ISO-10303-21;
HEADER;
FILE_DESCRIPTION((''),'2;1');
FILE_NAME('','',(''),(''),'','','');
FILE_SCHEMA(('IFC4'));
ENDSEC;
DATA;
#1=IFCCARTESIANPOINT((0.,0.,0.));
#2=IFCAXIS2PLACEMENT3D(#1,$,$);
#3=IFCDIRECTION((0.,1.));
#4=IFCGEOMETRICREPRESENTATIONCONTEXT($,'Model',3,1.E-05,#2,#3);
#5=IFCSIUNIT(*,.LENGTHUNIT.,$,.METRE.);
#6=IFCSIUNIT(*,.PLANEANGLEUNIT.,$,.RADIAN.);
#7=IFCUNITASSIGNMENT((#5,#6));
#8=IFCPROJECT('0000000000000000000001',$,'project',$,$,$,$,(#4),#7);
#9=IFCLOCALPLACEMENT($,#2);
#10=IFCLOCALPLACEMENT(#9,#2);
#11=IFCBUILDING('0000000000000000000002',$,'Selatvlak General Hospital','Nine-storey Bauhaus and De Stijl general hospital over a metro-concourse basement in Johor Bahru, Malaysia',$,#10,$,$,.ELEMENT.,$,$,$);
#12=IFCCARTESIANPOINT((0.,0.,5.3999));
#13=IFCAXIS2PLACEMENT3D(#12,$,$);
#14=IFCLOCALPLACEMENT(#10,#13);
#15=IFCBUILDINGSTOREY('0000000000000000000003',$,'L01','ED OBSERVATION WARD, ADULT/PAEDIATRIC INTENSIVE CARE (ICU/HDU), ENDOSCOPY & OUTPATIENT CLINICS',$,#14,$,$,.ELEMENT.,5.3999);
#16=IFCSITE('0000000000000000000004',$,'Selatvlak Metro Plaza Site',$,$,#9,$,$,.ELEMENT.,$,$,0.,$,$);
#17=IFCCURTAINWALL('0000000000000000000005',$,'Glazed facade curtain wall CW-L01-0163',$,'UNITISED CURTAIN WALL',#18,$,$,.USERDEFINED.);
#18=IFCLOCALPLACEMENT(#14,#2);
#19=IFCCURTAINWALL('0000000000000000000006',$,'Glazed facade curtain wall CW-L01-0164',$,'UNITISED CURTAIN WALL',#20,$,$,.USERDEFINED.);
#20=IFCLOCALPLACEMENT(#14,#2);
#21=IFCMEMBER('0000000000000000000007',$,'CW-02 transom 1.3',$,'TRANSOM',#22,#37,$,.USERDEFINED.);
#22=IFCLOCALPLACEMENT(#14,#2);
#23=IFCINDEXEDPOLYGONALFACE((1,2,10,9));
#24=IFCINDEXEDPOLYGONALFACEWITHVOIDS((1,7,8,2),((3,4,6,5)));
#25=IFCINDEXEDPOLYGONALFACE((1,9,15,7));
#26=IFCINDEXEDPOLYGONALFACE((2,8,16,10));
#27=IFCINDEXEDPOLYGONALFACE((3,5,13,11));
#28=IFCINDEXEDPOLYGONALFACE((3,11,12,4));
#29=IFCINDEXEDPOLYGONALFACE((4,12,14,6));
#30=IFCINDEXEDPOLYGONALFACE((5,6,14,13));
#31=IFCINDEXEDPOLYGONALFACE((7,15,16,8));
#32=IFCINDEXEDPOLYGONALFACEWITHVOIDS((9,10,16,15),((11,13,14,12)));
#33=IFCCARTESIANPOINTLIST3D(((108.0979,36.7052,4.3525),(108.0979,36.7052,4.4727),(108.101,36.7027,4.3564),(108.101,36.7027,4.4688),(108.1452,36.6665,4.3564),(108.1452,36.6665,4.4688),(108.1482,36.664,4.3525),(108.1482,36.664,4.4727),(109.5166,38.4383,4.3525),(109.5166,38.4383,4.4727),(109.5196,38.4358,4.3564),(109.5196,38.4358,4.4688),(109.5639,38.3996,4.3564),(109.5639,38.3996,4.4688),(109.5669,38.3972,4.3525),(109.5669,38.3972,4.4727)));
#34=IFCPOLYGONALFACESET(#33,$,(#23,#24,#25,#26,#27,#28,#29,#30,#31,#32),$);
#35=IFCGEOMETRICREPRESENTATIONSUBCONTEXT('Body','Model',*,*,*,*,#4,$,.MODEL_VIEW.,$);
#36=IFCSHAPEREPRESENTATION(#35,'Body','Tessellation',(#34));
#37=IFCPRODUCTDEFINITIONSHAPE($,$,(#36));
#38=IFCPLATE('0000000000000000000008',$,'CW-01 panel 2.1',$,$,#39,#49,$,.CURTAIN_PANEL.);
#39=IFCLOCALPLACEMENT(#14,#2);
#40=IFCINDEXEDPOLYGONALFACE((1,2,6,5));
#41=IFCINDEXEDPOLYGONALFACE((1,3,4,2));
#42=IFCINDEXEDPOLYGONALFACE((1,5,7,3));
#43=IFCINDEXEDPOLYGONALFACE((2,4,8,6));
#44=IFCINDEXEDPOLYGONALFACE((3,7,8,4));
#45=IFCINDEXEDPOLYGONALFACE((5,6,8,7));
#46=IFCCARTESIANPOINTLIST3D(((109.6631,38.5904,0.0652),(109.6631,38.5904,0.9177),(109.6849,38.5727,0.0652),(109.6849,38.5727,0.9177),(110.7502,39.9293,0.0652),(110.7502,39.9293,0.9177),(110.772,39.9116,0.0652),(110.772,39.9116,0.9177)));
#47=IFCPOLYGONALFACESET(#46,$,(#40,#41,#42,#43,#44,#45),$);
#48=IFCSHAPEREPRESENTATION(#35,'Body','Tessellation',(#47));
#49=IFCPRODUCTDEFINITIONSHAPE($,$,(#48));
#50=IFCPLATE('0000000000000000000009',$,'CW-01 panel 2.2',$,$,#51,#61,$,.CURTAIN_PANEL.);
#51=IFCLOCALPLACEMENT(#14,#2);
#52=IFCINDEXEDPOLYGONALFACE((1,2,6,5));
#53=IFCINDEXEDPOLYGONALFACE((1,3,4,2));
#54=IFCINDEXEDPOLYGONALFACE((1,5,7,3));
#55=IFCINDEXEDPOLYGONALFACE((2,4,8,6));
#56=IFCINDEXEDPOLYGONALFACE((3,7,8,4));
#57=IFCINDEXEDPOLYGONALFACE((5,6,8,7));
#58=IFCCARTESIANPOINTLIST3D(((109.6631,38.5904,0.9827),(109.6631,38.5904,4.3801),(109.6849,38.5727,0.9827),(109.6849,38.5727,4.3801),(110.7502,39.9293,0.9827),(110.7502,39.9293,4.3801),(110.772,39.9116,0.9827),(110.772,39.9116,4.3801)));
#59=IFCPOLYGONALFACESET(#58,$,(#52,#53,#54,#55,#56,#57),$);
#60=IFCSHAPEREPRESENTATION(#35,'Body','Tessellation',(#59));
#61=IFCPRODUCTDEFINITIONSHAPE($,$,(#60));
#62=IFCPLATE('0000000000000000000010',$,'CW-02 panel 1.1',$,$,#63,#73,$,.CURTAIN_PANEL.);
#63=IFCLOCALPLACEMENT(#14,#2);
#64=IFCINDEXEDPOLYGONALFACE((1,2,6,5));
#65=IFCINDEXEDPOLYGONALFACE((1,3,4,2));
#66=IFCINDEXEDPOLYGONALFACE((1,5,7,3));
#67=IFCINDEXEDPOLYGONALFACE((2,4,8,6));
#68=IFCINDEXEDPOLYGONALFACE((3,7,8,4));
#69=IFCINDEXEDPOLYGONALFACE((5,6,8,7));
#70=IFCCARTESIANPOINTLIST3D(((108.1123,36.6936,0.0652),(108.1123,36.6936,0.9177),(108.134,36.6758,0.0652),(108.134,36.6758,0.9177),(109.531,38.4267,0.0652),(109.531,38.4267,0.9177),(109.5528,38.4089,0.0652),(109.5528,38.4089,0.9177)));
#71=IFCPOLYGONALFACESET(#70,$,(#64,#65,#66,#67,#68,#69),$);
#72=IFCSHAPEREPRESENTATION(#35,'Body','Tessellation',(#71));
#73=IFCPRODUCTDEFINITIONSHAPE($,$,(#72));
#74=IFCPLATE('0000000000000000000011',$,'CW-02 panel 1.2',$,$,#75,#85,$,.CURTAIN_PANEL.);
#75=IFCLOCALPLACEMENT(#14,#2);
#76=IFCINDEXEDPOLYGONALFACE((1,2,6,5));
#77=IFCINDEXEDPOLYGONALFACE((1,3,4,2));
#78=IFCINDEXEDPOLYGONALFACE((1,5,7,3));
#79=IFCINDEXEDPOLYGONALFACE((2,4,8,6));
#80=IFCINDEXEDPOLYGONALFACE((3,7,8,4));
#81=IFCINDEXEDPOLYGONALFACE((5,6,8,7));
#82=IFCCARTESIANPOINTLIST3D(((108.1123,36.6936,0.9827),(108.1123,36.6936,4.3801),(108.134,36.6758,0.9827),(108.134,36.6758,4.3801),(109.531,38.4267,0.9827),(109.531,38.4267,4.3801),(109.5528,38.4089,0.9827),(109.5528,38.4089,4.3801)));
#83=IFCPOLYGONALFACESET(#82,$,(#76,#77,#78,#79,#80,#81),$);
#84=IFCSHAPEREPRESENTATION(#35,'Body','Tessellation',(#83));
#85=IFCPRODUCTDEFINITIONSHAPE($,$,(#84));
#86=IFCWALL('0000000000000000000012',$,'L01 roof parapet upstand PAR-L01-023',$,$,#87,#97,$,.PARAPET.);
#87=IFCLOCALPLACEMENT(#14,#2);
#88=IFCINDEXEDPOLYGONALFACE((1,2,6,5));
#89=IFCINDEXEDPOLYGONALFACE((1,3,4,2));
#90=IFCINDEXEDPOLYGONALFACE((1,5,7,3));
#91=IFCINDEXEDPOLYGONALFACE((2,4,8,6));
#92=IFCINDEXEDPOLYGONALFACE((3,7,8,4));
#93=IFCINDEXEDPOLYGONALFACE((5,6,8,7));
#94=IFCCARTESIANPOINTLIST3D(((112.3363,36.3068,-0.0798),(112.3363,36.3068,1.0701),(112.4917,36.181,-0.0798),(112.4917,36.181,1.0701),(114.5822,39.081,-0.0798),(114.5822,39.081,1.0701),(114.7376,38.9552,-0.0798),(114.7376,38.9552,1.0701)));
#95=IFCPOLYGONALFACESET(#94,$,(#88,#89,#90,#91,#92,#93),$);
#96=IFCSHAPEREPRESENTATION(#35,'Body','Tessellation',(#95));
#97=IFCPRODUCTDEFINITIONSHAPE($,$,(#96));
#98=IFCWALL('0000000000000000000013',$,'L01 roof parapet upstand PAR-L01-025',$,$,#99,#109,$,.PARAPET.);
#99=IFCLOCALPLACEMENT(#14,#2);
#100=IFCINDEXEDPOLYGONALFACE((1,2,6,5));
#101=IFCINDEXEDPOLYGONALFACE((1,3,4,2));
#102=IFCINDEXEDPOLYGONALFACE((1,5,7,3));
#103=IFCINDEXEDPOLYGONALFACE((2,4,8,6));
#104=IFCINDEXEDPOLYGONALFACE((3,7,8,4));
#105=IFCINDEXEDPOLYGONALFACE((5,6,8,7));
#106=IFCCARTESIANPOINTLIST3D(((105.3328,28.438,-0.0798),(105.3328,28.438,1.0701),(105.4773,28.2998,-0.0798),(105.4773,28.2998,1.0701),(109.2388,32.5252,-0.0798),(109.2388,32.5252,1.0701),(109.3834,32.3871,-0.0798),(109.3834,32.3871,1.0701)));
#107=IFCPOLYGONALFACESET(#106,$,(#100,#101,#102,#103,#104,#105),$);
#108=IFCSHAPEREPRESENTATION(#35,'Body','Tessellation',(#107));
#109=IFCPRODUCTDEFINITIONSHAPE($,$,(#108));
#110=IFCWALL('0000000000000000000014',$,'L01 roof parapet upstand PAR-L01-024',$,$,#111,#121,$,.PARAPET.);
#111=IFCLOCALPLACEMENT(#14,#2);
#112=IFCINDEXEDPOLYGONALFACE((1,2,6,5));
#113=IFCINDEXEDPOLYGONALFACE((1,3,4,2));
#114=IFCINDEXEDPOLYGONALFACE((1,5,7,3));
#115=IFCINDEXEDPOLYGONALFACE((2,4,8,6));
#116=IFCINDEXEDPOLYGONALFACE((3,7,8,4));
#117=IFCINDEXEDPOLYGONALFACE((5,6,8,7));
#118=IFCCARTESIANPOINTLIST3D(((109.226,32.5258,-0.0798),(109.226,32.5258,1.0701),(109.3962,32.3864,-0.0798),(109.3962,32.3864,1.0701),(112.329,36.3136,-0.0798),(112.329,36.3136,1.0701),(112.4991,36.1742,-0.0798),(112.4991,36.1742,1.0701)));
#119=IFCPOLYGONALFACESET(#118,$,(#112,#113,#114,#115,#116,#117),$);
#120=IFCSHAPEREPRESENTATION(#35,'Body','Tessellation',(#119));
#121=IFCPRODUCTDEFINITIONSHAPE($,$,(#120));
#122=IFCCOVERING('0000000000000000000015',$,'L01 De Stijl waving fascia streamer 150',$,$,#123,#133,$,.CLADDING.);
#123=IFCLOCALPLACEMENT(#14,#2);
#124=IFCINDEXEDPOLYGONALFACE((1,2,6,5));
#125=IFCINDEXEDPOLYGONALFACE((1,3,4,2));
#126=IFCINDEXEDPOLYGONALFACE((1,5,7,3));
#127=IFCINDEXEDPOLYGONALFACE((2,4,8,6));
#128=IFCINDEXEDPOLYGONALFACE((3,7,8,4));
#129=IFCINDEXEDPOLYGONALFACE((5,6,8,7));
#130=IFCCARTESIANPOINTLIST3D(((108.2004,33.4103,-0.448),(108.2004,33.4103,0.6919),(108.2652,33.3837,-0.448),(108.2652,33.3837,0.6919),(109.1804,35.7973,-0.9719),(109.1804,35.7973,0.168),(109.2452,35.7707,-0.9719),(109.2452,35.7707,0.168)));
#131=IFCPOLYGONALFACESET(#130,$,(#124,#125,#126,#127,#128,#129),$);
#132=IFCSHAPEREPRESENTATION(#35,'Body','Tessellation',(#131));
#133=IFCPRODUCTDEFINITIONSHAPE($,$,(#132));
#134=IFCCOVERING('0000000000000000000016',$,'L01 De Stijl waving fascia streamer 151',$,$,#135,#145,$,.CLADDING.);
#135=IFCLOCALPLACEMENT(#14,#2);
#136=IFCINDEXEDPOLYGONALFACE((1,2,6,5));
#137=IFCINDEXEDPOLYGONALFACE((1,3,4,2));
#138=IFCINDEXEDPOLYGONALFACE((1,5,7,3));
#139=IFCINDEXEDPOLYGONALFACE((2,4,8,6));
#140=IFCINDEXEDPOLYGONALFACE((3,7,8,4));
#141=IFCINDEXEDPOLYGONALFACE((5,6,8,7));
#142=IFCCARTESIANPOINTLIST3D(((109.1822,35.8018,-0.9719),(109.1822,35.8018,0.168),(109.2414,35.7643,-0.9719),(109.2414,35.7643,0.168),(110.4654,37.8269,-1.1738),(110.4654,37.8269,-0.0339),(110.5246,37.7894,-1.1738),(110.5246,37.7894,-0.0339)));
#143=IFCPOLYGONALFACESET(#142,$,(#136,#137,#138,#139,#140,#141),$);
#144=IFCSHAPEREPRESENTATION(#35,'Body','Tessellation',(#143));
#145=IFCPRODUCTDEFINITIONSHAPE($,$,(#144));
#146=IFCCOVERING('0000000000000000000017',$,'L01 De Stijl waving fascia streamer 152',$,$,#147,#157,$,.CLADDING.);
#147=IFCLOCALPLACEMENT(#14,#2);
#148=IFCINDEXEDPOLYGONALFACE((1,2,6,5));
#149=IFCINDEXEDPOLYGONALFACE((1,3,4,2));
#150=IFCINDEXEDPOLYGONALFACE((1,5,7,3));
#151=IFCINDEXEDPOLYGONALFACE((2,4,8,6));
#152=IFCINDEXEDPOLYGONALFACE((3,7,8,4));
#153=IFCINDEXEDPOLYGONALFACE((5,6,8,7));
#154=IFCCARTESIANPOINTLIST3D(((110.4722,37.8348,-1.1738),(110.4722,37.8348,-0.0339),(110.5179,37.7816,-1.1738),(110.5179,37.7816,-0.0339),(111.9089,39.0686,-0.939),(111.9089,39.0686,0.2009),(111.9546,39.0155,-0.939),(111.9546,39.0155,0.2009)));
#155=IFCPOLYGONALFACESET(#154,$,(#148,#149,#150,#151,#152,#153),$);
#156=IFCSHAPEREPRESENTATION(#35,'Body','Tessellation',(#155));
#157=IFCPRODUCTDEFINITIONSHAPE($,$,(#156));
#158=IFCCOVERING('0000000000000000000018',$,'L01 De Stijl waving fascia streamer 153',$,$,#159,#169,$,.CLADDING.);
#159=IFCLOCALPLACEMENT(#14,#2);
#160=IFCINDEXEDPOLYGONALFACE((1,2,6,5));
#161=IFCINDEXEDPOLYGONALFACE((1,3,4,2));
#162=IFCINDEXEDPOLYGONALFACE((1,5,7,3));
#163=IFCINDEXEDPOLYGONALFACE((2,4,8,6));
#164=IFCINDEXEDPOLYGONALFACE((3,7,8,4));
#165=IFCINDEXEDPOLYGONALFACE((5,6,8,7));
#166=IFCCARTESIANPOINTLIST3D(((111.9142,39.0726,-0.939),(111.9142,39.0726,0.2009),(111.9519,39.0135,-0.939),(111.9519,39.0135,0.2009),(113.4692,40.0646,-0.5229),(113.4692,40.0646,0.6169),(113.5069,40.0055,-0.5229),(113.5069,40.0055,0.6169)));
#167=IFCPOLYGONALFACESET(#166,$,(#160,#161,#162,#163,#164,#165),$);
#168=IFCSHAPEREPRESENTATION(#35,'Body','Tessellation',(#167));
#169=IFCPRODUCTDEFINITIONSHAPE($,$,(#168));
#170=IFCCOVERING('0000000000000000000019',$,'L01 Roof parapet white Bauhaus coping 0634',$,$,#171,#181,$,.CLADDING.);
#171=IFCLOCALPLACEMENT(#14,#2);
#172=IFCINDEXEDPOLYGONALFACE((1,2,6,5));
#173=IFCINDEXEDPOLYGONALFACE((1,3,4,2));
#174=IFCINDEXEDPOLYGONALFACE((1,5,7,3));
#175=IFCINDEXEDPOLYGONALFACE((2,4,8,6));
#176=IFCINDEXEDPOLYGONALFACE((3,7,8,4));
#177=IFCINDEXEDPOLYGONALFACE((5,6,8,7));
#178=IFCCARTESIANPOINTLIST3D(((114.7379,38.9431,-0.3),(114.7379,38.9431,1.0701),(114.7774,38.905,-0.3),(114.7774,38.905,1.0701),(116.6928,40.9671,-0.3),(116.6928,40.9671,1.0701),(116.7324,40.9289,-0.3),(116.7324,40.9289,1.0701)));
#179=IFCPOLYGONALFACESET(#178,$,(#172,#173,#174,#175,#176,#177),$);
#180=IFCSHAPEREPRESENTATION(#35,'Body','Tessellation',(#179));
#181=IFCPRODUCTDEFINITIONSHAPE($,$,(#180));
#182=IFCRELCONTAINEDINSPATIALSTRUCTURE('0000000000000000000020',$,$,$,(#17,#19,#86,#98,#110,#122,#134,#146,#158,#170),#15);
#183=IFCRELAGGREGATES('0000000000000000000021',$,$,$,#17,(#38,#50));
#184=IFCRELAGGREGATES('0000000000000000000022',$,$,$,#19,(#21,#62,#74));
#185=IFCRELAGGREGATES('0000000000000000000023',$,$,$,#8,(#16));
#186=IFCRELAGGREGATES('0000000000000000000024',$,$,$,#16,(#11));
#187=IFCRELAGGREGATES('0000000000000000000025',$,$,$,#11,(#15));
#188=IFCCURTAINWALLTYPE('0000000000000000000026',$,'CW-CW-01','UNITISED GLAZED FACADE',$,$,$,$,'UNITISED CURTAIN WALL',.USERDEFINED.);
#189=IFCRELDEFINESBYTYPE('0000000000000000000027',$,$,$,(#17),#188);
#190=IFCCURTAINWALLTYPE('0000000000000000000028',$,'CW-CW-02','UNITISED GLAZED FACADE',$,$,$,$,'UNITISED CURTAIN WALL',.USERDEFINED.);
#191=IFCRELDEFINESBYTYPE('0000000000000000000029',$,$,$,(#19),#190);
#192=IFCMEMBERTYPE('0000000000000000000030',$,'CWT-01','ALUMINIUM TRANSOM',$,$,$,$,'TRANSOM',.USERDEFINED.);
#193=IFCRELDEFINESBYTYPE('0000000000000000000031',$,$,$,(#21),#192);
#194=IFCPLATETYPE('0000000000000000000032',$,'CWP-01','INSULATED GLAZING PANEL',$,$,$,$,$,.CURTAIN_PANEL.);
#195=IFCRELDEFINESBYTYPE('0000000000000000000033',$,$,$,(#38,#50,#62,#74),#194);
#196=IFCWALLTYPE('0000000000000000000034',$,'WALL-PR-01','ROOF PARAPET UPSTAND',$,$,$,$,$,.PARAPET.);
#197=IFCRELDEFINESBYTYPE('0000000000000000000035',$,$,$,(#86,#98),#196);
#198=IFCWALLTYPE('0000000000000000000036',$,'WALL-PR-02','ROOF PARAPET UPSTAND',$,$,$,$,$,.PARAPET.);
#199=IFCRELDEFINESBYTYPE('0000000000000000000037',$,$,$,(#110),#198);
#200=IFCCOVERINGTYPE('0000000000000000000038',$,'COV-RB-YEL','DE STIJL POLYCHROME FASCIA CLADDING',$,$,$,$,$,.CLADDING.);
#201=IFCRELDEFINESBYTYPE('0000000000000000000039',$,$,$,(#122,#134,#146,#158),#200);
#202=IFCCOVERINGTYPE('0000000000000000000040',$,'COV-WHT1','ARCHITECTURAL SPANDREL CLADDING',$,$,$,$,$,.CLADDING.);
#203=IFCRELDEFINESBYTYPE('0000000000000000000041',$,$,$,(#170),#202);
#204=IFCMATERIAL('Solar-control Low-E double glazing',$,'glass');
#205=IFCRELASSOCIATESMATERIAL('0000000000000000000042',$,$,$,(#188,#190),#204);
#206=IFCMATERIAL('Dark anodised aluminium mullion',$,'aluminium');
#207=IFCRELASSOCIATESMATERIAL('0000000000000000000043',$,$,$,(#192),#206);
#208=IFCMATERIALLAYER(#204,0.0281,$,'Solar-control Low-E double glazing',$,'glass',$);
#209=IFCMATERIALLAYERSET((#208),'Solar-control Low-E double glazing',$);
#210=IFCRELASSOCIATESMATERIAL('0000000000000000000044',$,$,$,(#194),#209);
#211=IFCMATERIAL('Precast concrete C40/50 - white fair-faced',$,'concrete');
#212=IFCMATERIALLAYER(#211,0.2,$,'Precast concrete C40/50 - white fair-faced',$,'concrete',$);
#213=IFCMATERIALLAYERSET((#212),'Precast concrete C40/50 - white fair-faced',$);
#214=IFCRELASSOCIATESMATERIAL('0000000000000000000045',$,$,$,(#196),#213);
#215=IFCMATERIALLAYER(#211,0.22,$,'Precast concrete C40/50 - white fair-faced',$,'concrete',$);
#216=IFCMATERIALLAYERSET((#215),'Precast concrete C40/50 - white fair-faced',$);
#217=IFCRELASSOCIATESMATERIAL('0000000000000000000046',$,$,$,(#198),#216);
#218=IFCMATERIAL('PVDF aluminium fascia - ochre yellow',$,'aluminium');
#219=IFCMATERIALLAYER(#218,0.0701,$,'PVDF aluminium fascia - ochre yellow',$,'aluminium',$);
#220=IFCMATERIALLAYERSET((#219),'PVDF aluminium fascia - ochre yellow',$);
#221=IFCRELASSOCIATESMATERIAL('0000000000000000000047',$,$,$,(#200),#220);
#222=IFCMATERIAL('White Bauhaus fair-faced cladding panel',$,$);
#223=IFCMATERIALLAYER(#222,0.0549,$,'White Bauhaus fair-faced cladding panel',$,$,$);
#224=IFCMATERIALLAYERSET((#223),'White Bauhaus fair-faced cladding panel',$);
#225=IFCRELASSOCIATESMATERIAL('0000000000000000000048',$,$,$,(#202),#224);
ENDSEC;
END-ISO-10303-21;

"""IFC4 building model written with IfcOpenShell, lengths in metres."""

from ifc_helpers import new_model, si_unit, direction, frame, frame_2d, origin, origin_2d, place, context, subcontext, project, spatial, polyline, rectangle, hollow_rectangle, outline, extrude, material, layer, layer_set, material_profile, profile_set, type_object, element, aggregate, save


model = new_model("IFC4")

# Units and contexts
model_context = context("Model", 3, precision=1e-05, world=origin(), true_north=direction((0.0, 1.0)))
body_context = subcontext(model_context, "Body", "Model", "MODEL_VIEW")
ifc_project = project(units=[si_unit("LENGTHUNIT", "METRE"), si_unit("PLANEANGLEUNIT", "RADIAN")], contexts=[model_context])

# Site, building, storey
site_placement = place(None, origin())
site = spatial("IfcSite", under=ifc_project, at=site_placement, Name="Selatvlak Metro Plaza Site", CompositionType="ELEMENT", RefElevation=0.0)
building_placement = place(site_placement, origin())
building = spatial("IfcBuilding", under=site, at=building_placement, Name="Selatvlak General Hospital", Description="Nine-storey Bauhaus and De Stijl general hospital over a metro-concourse basement in Johor Bahru, Malaysia", CompositionType="ELEMENT")
storey_placement = place(building_placement, frame((0.0, 0.0, 5.3999)))
storey = spatial("IfcBuildingStorey", under=building, at=storey_placement, Name="L01", Description="ED OBSERVATION WARD, ADULT/PAEDIATRIC INTENSIVE CARE (ICU/HDU), ENDOSCOPY & OUTPATIENT CLINICS", CompositionType="ELEMENT", Elevation=5.3999)

# Curtain wall
ifc_material_1 = material(Name="Solar-control Low-E double glazing", Category="glass")
curtain_wall_type_1 = type_object("IfcCurtainWallType", Name="CW-CW-01", Description="UNITISED GLAZED FACADE", ElementType="UNITISED CURTAIN WALL", PredefinedType="USERDEFINED", material=ifc_material_1)
curtain_wall_1_placement = place(storey_placement, origin())
curtain_wall_1 = element("IfcCurtainWall", 1, at=curtain_wall_1_placement, inside=storey, type_object=curtain_wall_type_1, Name="Glazed facade curtain wall CW-L01-0163", ObjectType="UNITISED CURTAIN WALL", PredefinedType="USERDEFINED")
ifc_material_2 = material(Name="Dark anodised aluminium mullion", Category="aluminium")

# Curtain wall
curtain_wall_type_2 = type_object("IfcCurtainWallType", Name="CW-CW-02", Description="UNITISED GLAZED FACADE", ElementType="UNITISED CURTAIN WALL", PredefinedType="USERDEFINED", material=ifc_material_1)
curtain_wall_2_placement = place(storey_placement, origin())
curtain_wall_2 = element("IfcCurtainWall", 2, at=curtain_wall_2_placement, inside=storey, type_object=curtain_wall_type_2, Name="Glazed facade curtain wall CW-L01-0164", ObjectType="UNITISED CURTAIN WALL", PredefinedType="USERDEFINED")

# Member
ifc_material_profile_1 = material_profile(ifc_material_2, hollow_rectangle(XDim=0.0649, YDim=0.1201, WallThickness=0.0039, at=origin_2d()), Name="AL-TRN 65x120x4")
ifc_profile_set_1 = profile_set([ifc_material_profile_1], Name="Dark anodised aluminium mullion")
member_type_1 = type_object("IfcMemberType", Name="CWT-01", Description="ALUMINIUM TRANSOM", ElementType="TRANSOM", PredefinedType="USERDEFINED", material=ifc_profile_set_1)
member_1_placement = place(storey_placement, frame((109.5417, 38.4177, 4.4126), z_axis=(-0.633416, -0.773812, 0.0), x_axis=(0.773812, -0.633416, 0.0)))
member_1 = element("IfcMember", 3, at=member_1_placement, type_object=member_type_1, Name="CW-02 transom 1.3", ObjectType="TRANSOM", PredefinedType="USERDEFINED", context=body_context, shape_type="SweptSolid", body=[
    extrude(hollow_rectangle(XDim=0.0649, YDim=0.1201, WallThickness=0.0039, at=origin_2d()), origin(), (0.0, 0.0, 1.0), 2.2397),
])

# Plates
ifc_layer_1 = layer(ifc_material_1, 0.0281, Name="Solar-control Low-E double glazing", Category="glass")
ifc_layer_set_1 = layer_set([ifc_layer_1], Name="Solar-control Low-E double glazing")
plate_type = type_object("IfcPlateType", Name="CWP-01", Description="INSULATED GLAZING PANEL", PredefinedType="CURTAIN_PANEL", material=ifc_layer_set_1)
plate_1_placement = place(storey_placement, frame((110.2175, 39.251, 0.0652), z_axis=(0.0, 0.0, 1.0), x_axis=(-0.630334, -0.776324, 0.0)))
plate_1 = element("IfcPlate", 4, at=plate_1_placement, type_object=plate_type, Name="CW-01 panel 2.1", PredefinedType="CURTAIN_PANEL", context=body_context, shape_type="SweptSolid", body=[
    extrude(rectangle(XDim=1.7246, YDim=0.0281, at=origin_2d()), origin(), (0.0, 0.0, 1.0), 0.8525),
])
plate_2_placement = place(storey_placement, frame((110.2175, 39.251, 0.9827), z_axis=(0.0, 0.0, 1.0), x_axis=(-0.630334, -0.776324, 0.0)))
plate_2 = element("IfcPlate", 5, at=plate_2_placement, type_object=plate_type, Name="CW-01 panel 2.2", PredefinedType="CURTAIN_PANEL", context=body_context, shape_type="SweptSolid", body=[
    extrude(rectangle(XDim=1.7246, YDim=0.0281, at=origin_2d()), origin(), (0.0, 0.0, 1.0), 3.3975),
])
aggregate(curtain_wall_1, [plate_1, plate_2])
plate_3_placement = place(storey_placement, frame((108.8325, 37.5513, 0.0652), z_axis=(0.0, 0.0, 1.0), x_axis=(-0.633447, -0.773786, 0.0)))
plate_3 = element("IfcPlate", 6, at=plate_3_placement, type_object=plate_type, Name="CW-02 panel 1.1", PredefinedType="CURTAIN_PANEL", context=body_context, shape_type="SweptSolid", body=[
    extrude(rectangle(XDim=2.2397, YDim=0.0281, at=origin_2d()), origin(), (0.0, 0.0, 1.0), 0.8525),
])
plate_4_placement = place(storey_placement, frame((108.8325, 37.5513, 0.9827), z_axis=(0.0, 0.0, 1.0), x_axis=(-0.633447, -0.773786, 0.0)))
plate_4 = element("IfcPlate", 7, at=plate_4_placement, type_object=plate_type, Name="CW-02 panel 1.2", PredefinedType="CURTAIN_PANEL", context=body_context, shape_type="SweptSolid", body=[
    extrude(rectangle(XDim=2.2397, YDim=0.0281, at=origin_2d()), origin(), (0.0, 0.0, 1.0), 3.3975),
])
aggregate(curtain_wall_2, [member_1, plate_3, plate_4])

# Walls
ifc_material_3 = material(Name="Precast concrete C40/50 - white fair-faced", Category="concrete")
ifc_layer_2 = layer(ifc_material_3, 0.2, Name="Precast concrete C40/50 - white fair-faced", Category="concrete")
ifc_layer_set_2 = layer_set([ifc_layer_2], Name="Precast concrete C40/50 - white fair-faced")
wall_type_1 = type_object("IfcWallType", Name="WALL-PR-01", Description="ROOF PARAPET UPSTAND", PredefinedType="PARAPET", material=ifc_layer_set_2)
wall_1_placement = place(storey_placement, frame((114.6599, 39.0181, -0.0798), z_axis=(0.0, 0.0, 1.0), x_axis=(-0.629214, -0.777232, 0.0)))
element("IfcWall", 8, at=wall_1_placement, inside=storey, type_object=wall_type_1, Name="L01 roof parapet upstand PAR-L01-023", PredefinedType="PARAPET", context=body_context, shape_type="SweptSolid", body=[
    extrude(rectangle(XDim=3.5693, YDim=0.2, at=frame_2d((1.7847, 0.0))), origin(), (0.0, 0.0, 1.0), 1.1499),
])
wall_2_placement = place(storey_placement, frame((109.311, 32.4561, -0.0798), z_axis=(0.0, 0.0, 1.0), x_axis=(-0.690904, -0.722947, 0.0)))
element("IfcWall", 9, at=wall_2_placement, inside=storey, type_object=wall_type_1, Name="L01 roof parapet upstand PAR-L01-025", PredefinedType="PARAPET", context=body_context, shape_type="SweptSolid", body=[
    extrude(rectangle(XDim=5.6536, YDim=0.2, at=frame_2d((2.8267, 0.0))), origin(), (0.0, 0.0, 1.0), 1.1499),
])
ifc_layer_3 = layer(ifc_material_3, 0.22, Name="Precast concrete C40/50 - white fair-faced", Category="concrete")
ifc_layer_set_3 = layer_set([ifc_layer_3], Name="Precast concrete C40/50 - white fair-faced")
wall_type_2 = type_object("IfcWallType", Name="WALL-PR-02", Description="ROOF PARAPET UPSTAND", PredefinedType="PARAPET", material=ifc_layer_set_3)
wall_3_placement = place(storey_placement, frame((112.4141, 36.2439, -0.0798), z_axis=(0.0, 0.0, 1.0), x_axis=(-0.633713, -0.773568, 0.0)))
element("IfcWall", 10, at=wall_3_placement, inside=storey, type_object=wall_type_2, Name="L01 roof parapet upstand PAR-L01-024", PredefinedType="PARAPET", context=body_context, shape_type="SweptSolid", body=[
    extrude(rectangle(XDim=4.8965, YDim=0.22, at=frame_2d((2.4482, 0.0))), origin(), (0.0, 0.0, 1.0), 1.1499),
])

# Coverings
ifc_material_4 = material(Name="PVDF aluminium fascia - ochre yellow", Category="aluminium")
ifc_layer_4 = layer(ifc_material_4, 0.0701, Name="PVDF aluminium fascia - ochre yellow", Category="aluminium")
ifc_layer_set_4 = layer_set([ifc_layer_4], Name="PVDF aluminium fascia - ochre yellow")
covering_type_1 = type_object("IfcCoveringType", Name="COV-RB-YEL", Description="DE STIJL POLYCHROME FASCIA CLADDING", PredefinedType="CLADDING", material=ifc_layer_set_4)
covering_1_placement = place(storey_placement, frame((108.2329, 33.397, -0.448), z_axis=(0.0, 0.0, 1.0), x_axis=(0.379793, 0.925071, 0.0)))
element("IfcCovering", 11, at=covering_1_placement, inside=storey, type_object=covering_type_1, Name="L01 De Stijl waving fascia streamer 150", PredefinedType="CLADDING", context=body_context, shape_type="SweptSolid", body=[
    extrude(outline(polyline([(0.0, 0.0), (2.5803, -0.5239), (2.5803, 0.616), (0.0, 1.1399), (0.0, 0.0)])), frame((0.0, 0.0352, 0.0), z_axis=(0.0, -1.0, 0.0), x_axis=(1.0, 0.0, 0.0)), (0.0, 0.0, 1.0), 0.0701),
])
covering_2_placement = place(storey_placement, frame((109.2119, 35.783, -0.9719), z_axis=(0.0, 0.0, 1.0), x_axis=(0.535234, 0.844704, 0.0)))
element("IfcCovering", 12, at=covering_2_placement, inside=storey, type_object=covering_type_1, Name="L01 De Stijl waving fascia streamer 151", PredefinedType="CLADDING", context=body_context, shape_type="SweptSolid", body=[
    extrude(outline(polyline([(0.0, 0.0), (2.3975, -0.2019), (2.3975, 0.938), (0.0, 1.1399), (0.0, 0.0)])), frame((0.0, 0.0352, 0.0), z_axis=(0.0, -1.0, 0.0), x_axis=(1.0, 0.0, 0.0)), (0.0, 0.0, 1.0), 0.0701),
])
covering_3_placement = place(storey_placement, frame((110.4951, 37.8081, -1.1738), z_axis=(0.0, 0.0, 1.0), x_axis=(0.758637, 0.651513, 0.0)))
element("IfcCovering", 13, at=covering_3_placement, inside=storey, type_object=covering_type_1, Name="L01 De Stijl waving fascia streamer 152", PredefinedType="CLADDING", context=body_context, shape_type="SweptSolid", body=[
    extrude(outline(polyline([(0.0, 0.0), (1.8938, 0.2349), (1.8938, 1.3748), (0.0, 1.1399), (0.0, 0.0)])), frame((0.0, 0.0352, 0.0), z_axis=(0.0, -1.0, 0.0), x_axis=(1.0, 0.0, 0.0)), (0.0, 0.0, 1.0), 0.0701),
])
covering_4_placement = place(storey_placement, frame((111.9331, 39.043, -0.939), z_axis=(0.0, 0.0, 1.0), x_axis=(0.843061, 0.537817, 0.0)))
element("IfcCovering", 14, at=covering_4_placement, inside=storey, type_object=covering_type_1, Name="L01 De Stijl waving fascia streamer 153", PredefinedType="CLADDING", context=body_context, shape_type="SweptSolid", body=[
    extrude(outline(polyline([(0.0, 0.0), (1.8445, 0.416), (1.8445, 1.5559), (0.0, 1.1399), (0.0, 0.0)])), frame((0.0, 0.0352, 0.0), z_axis=(0.0, -1.0, 0.0), x_axis=(1.0, 0.0, 0.0)), (0.0, 0.0, 1.0), 0.0701),
])
ifc_material_5 = material(Name="White Bauhaus fair-faced cladding panel")
ifc_layer_5 = layer(ifc_material_5, 0.0549, Name="White Bauhaus fair-faced cladding panel")
ifc_layer_set_5 = layer_set([ifc_layer_5], Name="White Bauhaus fair-faced cladding panel")
covering_type_2 = type_object("IfcCoveringType", Name="COV-WHT1", Description="ARCHITECTURAL SPANDREL CLADDING", PredefinedType="CLADDING", material=ifc_layer_set_5)
covering_5_placement = place(storey_placement, frame((115.7351, 39.936, -0.3), z_axis=(0.0, 0.0, 1.0), x_axis=(-0.694746, -0.719255, 0.0)))
element("IfcCovering", 15, at=covering_5_placement, inside=storey, type_object=covering_type_2, Name="L01 Roof parapet white Bauhaus coping 0634", PredefinedType="CLADDING", context=body_context, shape_type="SweptSolid", body=[
    extrude(rectangle(XDim=2.814, YDim=0.0549, at=origin_2d()), origin(), (0.0, 0.0, 1.0), 1.3701),
])

save(model, "model.ifc")
